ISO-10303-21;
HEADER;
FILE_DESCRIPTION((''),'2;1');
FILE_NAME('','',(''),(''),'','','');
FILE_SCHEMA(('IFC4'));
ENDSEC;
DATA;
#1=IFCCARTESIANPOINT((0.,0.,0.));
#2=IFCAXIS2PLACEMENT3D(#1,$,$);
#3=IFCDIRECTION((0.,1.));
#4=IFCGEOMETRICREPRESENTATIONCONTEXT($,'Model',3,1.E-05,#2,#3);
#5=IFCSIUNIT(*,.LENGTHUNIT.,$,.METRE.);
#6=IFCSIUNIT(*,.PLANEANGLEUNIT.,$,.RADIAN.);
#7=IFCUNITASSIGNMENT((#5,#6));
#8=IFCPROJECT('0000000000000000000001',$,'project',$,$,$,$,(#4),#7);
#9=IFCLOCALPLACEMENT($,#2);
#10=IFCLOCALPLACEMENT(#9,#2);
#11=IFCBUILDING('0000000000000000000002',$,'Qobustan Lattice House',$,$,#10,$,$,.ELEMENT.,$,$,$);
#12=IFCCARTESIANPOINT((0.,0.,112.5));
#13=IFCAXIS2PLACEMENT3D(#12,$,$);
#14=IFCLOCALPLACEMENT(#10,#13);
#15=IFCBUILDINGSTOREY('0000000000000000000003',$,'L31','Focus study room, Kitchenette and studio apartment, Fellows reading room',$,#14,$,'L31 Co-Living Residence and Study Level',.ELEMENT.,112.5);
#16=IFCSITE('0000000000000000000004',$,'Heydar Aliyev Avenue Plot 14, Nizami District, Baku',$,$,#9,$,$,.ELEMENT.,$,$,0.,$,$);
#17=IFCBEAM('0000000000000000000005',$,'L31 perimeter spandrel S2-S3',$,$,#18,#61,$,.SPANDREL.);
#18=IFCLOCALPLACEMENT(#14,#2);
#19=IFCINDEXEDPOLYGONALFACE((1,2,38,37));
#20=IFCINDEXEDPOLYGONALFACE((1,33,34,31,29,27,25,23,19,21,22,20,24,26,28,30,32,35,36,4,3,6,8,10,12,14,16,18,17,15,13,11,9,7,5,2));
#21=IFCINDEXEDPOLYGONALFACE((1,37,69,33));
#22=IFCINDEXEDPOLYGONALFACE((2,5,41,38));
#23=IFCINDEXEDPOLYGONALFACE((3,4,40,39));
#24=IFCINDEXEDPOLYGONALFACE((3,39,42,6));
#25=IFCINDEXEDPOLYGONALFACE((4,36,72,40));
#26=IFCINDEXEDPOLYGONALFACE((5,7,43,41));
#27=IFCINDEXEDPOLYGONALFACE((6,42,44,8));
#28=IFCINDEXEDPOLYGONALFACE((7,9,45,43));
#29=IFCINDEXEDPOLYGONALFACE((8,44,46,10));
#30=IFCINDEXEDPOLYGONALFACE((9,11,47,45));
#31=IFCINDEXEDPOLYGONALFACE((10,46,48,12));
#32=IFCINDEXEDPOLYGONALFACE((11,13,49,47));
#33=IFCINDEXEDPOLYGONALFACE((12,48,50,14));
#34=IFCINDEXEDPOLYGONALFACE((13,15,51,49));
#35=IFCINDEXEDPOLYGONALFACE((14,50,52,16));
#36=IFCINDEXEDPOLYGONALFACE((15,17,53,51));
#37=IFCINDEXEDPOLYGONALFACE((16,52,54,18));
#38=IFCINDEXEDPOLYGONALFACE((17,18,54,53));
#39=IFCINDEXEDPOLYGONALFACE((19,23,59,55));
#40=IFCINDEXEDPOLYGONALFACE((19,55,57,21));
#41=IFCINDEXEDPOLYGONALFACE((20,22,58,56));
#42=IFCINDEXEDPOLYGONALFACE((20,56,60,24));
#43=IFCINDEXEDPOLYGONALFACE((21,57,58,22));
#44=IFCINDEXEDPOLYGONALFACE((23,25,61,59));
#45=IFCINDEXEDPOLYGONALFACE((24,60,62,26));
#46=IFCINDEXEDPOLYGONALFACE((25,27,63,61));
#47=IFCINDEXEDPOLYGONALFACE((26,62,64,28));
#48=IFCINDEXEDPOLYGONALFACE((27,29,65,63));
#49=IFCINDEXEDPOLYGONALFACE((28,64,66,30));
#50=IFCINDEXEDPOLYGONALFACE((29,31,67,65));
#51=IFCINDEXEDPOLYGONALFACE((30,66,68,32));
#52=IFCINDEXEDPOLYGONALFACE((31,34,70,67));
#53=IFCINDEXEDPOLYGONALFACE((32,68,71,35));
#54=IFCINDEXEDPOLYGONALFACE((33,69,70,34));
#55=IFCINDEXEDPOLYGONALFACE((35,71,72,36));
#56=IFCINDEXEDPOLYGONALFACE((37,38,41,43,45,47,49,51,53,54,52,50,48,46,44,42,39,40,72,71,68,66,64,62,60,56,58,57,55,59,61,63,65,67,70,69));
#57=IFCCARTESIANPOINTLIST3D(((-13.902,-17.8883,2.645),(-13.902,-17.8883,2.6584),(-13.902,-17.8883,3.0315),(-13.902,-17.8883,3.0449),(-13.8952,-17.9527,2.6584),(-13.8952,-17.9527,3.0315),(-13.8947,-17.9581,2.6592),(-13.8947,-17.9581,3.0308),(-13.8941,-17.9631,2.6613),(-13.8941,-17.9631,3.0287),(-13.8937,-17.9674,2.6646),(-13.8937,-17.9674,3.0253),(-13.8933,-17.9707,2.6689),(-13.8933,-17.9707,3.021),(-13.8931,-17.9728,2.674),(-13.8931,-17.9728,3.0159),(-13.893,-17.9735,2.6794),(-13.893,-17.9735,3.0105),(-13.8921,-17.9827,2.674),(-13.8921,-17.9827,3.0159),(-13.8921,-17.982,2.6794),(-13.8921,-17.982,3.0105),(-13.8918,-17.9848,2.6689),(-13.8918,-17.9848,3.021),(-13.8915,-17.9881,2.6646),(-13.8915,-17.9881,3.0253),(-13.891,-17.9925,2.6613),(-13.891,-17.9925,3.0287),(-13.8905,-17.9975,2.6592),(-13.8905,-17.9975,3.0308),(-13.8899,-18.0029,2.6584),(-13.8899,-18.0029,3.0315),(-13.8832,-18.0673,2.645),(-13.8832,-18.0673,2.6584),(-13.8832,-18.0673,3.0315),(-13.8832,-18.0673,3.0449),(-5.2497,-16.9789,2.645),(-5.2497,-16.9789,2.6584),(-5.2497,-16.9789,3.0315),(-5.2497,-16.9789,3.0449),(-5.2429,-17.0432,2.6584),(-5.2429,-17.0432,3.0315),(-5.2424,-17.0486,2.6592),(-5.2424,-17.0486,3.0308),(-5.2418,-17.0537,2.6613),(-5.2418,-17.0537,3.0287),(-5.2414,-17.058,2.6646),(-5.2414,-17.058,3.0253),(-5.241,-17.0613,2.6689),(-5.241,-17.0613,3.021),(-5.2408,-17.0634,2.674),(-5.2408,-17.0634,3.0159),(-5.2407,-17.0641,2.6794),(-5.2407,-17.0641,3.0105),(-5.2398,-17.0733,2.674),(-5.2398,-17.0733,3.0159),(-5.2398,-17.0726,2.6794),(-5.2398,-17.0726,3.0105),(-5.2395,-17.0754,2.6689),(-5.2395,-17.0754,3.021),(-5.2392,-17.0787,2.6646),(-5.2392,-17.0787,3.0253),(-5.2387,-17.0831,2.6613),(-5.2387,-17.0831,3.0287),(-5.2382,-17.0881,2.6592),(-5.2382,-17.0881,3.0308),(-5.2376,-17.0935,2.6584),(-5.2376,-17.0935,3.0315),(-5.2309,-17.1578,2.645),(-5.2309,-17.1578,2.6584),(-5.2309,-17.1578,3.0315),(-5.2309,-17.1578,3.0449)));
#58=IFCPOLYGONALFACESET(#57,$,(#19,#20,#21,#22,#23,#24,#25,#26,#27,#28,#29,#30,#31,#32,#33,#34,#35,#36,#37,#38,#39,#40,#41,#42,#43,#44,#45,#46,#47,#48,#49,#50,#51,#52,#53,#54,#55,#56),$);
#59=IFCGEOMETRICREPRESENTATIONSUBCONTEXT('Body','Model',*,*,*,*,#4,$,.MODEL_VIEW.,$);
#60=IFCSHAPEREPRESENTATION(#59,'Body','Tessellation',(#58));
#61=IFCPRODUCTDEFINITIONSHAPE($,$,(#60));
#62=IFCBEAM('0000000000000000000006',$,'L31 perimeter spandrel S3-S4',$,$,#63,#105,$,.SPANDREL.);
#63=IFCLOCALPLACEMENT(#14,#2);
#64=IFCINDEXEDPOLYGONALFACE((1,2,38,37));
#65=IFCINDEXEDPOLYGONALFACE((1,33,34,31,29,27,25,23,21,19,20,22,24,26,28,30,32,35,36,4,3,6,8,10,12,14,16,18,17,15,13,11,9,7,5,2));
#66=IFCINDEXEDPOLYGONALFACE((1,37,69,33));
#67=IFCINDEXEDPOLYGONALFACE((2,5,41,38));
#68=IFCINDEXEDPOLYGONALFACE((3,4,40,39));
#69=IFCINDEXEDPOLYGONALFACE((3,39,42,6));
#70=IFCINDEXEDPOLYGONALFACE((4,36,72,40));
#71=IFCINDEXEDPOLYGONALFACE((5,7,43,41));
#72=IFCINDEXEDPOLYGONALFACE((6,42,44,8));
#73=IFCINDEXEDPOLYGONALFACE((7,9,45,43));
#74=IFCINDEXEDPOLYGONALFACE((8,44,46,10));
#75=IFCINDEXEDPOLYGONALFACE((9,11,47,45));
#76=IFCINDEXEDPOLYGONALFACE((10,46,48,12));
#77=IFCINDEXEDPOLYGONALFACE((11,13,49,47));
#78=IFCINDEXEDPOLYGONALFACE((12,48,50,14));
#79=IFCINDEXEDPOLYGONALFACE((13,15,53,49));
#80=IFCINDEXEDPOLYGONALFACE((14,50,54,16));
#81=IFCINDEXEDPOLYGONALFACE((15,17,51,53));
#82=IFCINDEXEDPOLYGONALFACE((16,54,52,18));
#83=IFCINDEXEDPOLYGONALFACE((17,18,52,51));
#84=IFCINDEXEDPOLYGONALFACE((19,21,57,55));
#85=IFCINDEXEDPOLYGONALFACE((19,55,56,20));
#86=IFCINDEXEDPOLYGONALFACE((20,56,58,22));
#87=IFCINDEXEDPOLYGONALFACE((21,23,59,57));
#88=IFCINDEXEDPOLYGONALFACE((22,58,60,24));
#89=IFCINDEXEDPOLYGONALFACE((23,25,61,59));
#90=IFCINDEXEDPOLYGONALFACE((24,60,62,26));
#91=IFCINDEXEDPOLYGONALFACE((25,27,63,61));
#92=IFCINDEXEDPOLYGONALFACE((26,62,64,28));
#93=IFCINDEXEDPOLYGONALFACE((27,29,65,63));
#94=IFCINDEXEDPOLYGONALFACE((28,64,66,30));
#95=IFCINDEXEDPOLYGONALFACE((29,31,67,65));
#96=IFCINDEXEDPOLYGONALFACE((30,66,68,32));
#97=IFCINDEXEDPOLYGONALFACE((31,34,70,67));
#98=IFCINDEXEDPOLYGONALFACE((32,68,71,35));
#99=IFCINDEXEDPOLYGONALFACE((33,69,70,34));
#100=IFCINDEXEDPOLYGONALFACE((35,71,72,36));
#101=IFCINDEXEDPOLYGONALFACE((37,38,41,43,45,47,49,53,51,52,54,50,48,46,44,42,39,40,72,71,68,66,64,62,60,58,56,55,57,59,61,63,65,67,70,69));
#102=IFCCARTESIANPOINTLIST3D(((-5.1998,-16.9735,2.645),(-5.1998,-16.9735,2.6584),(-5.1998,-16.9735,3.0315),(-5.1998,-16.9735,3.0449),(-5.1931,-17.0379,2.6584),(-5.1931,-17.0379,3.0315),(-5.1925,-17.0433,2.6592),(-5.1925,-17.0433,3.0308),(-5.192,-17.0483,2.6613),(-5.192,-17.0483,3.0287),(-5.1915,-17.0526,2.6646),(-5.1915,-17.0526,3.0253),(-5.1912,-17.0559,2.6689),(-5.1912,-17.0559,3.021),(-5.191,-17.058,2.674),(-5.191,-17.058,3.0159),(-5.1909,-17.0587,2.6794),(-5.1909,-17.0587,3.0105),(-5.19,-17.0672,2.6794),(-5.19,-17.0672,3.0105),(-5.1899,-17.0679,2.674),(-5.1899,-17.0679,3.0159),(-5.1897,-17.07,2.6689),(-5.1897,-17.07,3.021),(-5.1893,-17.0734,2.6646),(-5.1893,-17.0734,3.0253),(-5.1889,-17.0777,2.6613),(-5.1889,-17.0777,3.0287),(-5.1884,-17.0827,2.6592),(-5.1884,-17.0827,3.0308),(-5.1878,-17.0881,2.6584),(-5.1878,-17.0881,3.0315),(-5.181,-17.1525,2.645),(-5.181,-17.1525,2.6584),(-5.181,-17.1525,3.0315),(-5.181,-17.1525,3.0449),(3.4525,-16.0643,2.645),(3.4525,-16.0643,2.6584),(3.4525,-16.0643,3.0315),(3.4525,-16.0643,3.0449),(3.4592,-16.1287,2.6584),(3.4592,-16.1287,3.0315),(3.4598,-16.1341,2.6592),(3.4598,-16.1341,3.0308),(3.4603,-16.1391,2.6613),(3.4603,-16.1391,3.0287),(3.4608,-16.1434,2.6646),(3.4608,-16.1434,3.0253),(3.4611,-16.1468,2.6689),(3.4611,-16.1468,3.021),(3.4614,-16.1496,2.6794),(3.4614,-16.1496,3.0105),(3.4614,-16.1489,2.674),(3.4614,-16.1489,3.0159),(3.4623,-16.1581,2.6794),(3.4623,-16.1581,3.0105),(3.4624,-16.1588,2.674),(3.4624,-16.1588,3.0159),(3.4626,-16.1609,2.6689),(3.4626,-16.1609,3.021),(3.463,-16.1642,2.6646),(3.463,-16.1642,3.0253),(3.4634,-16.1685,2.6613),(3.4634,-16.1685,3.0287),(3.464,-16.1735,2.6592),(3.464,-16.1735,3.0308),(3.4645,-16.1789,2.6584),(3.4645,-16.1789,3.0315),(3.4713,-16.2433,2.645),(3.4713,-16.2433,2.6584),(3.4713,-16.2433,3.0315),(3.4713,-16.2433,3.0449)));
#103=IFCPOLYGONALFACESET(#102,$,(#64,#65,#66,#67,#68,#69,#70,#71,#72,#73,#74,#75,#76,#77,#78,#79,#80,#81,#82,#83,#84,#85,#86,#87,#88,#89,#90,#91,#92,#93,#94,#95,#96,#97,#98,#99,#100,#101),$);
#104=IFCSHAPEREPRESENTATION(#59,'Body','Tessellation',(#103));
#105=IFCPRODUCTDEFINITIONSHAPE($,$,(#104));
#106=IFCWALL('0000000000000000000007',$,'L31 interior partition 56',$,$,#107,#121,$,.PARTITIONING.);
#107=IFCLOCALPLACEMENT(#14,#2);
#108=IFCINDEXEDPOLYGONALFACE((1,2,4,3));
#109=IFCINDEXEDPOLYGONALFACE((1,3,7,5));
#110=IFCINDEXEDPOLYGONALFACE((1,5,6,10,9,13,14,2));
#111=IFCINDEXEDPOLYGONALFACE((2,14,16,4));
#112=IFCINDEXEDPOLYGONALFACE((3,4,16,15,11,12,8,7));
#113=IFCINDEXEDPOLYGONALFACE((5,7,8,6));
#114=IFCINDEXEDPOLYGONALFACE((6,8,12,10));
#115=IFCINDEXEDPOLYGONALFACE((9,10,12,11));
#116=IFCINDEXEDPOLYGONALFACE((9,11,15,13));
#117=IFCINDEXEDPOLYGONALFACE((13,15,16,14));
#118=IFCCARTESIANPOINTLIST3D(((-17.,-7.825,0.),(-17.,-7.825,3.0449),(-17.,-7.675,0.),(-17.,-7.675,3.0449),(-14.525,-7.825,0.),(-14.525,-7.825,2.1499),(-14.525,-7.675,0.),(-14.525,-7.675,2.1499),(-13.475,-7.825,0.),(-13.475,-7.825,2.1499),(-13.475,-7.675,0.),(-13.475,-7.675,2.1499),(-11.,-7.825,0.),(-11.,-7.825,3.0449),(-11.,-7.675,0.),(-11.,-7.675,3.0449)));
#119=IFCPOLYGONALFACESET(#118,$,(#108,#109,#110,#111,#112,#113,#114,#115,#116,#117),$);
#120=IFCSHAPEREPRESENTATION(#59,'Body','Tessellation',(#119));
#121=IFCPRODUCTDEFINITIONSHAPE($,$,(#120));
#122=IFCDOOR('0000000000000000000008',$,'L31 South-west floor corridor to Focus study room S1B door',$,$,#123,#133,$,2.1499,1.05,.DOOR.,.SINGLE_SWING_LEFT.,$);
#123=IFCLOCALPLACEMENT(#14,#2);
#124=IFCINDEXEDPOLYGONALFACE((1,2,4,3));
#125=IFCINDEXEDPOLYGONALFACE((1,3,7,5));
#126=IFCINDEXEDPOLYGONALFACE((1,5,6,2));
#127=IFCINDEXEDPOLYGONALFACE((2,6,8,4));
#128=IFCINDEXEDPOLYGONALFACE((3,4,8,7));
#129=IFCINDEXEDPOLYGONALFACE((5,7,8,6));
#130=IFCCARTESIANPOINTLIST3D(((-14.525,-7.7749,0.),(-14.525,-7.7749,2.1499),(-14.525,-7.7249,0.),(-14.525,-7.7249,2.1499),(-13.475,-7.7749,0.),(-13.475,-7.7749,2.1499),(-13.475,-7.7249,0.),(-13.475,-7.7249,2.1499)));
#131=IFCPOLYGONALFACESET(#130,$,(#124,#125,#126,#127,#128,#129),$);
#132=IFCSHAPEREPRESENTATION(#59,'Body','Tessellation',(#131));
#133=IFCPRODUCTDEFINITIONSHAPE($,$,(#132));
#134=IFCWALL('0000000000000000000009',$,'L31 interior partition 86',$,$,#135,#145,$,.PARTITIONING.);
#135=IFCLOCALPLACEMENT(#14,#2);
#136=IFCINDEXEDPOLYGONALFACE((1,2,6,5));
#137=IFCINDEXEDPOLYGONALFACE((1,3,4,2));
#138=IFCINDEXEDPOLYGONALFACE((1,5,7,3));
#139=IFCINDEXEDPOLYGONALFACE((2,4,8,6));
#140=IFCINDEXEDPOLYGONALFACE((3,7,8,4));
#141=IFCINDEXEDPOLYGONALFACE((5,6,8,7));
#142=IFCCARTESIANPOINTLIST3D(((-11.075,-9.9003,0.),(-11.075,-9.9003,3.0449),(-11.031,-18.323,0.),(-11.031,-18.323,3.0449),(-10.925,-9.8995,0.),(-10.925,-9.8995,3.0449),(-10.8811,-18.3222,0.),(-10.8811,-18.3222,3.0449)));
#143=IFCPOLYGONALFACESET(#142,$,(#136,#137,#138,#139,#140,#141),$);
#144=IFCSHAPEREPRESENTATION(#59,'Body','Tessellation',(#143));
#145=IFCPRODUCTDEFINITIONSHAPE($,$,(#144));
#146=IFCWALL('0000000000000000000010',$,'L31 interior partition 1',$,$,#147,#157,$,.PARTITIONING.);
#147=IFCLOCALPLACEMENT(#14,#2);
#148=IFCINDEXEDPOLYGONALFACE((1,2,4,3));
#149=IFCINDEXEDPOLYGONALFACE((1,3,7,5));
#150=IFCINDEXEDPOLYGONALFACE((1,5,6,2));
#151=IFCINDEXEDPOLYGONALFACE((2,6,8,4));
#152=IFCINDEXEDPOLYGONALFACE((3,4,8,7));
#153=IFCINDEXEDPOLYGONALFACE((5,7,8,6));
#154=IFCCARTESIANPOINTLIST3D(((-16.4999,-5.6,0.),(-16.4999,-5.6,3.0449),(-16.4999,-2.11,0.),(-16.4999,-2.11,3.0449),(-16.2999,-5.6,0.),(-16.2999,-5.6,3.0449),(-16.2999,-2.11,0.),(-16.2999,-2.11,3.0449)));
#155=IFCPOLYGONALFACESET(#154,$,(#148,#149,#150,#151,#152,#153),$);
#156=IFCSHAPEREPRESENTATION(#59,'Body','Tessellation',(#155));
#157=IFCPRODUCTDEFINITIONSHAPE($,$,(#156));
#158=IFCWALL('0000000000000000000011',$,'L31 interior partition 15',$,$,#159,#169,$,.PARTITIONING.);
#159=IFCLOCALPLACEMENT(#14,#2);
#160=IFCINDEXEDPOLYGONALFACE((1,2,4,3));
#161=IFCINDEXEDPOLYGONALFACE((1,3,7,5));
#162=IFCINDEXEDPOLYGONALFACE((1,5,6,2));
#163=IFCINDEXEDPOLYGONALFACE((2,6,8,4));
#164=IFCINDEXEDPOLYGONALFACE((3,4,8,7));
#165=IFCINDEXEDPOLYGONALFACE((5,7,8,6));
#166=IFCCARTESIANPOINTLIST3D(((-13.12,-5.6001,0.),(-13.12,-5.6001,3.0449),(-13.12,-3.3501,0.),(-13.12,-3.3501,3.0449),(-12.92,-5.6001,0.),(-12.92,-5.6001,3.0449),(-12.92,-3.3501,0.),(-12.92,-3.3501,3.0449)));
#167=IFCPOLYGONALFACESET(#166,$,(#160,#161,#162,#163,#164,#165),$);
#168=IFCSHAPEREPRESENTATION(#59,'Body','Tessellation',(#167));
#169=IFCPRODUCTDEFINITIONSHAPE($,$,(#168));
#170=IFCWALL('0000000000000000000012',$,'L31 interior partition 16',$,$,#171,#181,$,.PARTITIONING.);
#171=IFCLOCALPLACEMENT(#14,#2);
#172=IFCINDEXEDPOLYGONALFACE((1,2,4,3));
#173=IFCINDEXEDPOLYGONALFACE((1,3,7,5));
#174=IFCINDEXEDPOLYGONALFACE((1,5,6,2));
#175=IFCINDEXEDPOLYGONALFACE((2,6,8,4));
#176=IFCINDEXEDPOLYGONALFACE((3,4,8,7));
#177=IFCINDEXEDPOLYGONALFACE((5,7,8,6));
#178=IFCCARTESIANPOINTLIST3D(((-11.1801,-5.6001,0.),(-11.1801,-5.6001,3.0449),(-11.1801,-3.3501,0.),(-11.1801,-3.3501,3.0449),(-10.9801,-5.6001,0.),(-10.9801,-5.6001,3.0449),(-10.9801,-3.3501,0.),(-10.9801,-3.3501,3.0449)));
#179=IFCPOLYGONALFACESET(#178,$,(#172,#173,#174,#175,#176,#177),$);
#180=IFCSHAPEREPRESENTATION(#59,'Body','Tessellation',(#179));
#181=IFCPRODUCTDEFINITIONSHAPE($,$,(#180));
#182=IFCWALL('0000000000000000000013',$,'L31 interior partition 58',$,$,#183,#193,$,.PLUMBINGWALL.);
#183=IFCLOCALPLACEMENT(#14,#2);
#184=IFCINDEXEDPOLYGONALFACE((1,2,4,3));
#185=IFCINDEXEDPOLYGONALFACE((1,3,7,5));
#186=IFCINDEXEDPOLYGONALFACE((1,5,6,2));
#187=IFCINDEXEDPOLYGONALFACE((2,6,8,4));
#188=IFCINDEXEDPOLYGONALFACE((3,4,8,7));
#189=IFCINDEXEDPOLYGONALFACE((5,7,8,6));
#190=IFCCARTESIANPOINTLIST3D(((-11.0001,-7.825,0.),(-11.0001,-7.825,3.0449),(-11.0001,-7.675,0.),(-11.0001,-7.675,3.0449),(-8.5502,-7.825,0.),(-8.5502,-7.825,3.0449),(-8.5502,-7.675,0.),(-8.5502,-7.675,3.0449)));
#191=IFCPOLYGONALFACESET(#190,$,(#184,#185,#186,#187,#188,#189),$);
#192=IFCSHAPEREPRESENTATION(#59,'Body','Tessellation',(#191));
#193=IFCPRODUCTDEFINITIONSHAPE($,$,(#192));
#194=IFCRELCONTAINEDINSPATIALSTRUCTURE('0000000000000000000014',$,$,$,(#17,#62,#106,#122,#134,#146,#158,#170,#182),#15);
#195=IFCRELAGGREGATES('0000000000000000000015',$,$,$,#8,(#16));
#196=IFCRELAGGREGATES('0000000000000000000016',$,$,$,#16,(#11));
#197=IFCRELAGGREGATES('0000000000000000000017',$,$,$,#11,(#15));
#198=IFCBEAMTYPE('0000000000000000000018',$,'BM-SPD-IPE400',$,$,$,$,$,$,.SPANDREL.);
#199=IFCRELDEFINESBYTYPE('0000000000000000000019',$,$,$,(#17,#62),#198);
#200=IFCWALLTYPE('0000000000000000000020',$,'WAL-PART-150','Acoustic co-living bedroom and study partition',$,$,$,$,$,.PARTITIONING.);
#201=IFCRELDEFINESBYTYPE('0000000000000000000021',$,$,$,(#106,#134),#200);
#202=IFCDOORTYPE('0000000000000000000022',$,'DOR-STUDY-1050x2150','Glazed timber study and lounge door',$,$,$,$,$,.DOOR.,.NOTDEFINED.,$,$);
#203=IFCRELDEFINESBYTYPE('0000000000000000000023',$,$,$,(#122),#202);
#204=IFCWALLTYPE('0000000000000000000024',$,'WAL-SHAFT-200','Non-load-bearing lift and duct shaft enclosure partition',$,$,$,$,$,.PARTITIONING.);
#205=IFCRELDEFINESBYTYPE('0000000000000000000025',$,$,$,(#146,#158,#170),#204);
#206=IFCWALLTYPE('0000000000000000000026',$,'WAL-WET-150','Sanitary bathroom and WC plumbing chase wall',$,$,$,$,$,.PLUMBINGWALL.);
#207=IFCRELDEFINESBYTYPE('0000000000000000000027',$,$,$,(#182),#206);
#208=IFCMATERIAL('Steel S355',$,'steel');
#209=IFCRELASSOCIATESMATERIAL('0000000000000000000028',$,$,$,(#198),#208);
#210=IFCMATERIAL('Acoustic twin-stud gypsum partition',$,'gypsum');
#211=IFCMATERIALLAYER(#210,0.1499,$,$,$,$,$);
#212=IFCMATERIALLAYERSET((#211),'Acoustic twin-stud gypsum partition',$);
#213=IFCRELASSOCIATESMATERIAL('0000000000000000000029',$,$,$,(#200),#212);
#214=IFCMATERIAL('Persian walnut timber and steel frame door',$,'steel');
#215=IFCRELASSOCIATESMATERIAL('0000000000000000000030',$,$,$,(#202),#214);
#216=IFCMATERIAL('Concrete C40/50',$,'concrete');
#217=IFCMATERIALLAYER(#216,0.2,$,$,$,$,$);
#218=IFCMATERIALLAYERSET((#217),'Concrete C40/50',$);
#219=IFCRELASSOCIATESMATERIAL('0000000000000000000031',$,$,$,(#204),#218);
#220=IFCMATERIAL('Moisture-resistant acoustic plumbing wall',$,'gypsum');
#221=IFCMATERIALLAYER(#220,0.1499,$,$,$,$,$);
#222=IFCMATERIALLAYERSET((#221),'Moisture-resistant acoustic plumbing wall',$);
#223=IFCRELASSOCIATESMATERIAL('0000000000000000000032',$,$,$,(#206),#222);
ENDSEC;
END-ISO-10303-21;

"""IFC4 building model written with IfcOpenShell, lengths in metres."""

from ifc_helpers import new_model, si_unit, direction, frame, frame_2d, origin, origin_2d, place, context, subcontext, project, spatial, rectangle, i_section, extrude, material, layer, layer_set, material_profile, profile_set, type_object, element, fill, save


model = new_model("IFC4")

# Units and contexts
model_context = context("Model", 3, precision=1e-05, world=origin(), true_north=direction((0.0, 1.0)))
body_context = subcontext(model_context, "Body", "Model", "MODEL_VIEW")
ifc_project = project(units=[si_unit("LENGTHUNIT", "METRE"), si_unit("PLANEANGLEUNIT", "RADIAN")], contexts=[model_context])

# Site, building, storey
site_placement = place(None, origin())
site = spatial("IfcSite", under=ifc_project, at=site_placement, Name="Heydar Aliyev Avenue Plot 14, Nizami District, Baku", CompositionType="ELEMENT", RefElevation=0.0)
building_placement = place(site_placement, origin())
building = spatial("IfcBuilding", under=site, at=building_placement, Name="Qobustan Lattice House", CompositionType="ELEMENT")
storey_placement = place(building_placement, frame((0.0, 0.0, 112.5)))
storey = spatial("IfcBuildingStorey", under=building, at=storey_placement, Name="L31", Description="Focus study room, Kitchenette and studio apartment, Fellows reading room", LongName="L31 Co-Living Residence and Study Level", CompositionType="ELEMENT", Elevation=112.5)

# Beams
ifc_material_1 = material(Name="Steel S355", Category="steel")
ifc_material_profile_1 = material_profile(ifc_material_1, i_section(OverallWidth=0.1799, OverallDepth=0.3999, WebThickness=0.0085, FlangeThickness=0.0134, FilletRadius=0.021, at=origin_2d()), Name="IPE400")
ifc_profile_set_1 = profile_set([ifc_material_profile_1], Name="Steel S355")
beam_type_1 = type_object("IfcBeamType", Name="BM-SPD-IPE400", PredefinedType="SPANDREL", material=ifc_profile_set_1)
for number, where, z_axis, x_axis, name in (
    (1, (-13.8926, -17.9778, 2.845), (0.994522, 0.104531, 0.0), (-0.104531, 0.994522, 0.0), "L31 perimeter spandrel S2-S3"),
    (2, (-5.1904, -17.063, 2.845), (0.994525, 0.104504, 0.0), (-0.104504, 0.994525, 0.0), "L31 perimeter spandrel S3-S4"),
):
    element("IfcBeam", number, at=place(storey_placement, frame(where, z_axis=z_axis, x_axis=x_axis)), inside=storey, type_object=beam_type_1, Name=name, PredefinedType="SPANDREL", context=body_context, shape_type="SweptSolid", body=[
        extrude(i_section(OverallWidth=0.1799, OverallDepth=0.3999, WebThickness=0.0085, FlangeThickness=0.0134, FilletRadius=0.021, at=origin_2d()), origin(), (0.0, 0.0, 1.0), 8.7),
    ])

# Wall, opening, door
ifc_material_2 = material(Name="Acoustic twin-stud gypsum partition", Category="gypsum")
ifc_layer_1 = layer(ifc_material_2, 0.1499)
ifc_layer_set_1 = layer_set([ifc_layer_1], Name="Acoustic twin-stud gypsum partition")
wall_type_1 = type_object("IfcWallType", Name="WAL-PART-150", Description="Acoustic co-living bedroom and study partition", PredefinedType="PARTITIONING", material=ifc_layer_set_1)
wall_1_placement = place(storey_placement, frame((-11.0, -7.75, 0.0), z_axis=(0.0, 0.0, 1.0), x_axis=(-1.0, 0.0, 0.0)))
wall_1 = element("IfcWall", 3, at=wall_1_placement, inside=storey, type_object=wall_type_1, Name="L31 interior partition 56", PredefinedType="PARTITIONING", context=body_context, shape_type="SweptSolid", body=[
    extrude(rectangle(XDim=6.0, YDim=0.1499, at=frame_2d((3.0, 0.0))), origin(), (0.0, 0.0, 1.0), 3.0449),
])
opening_1_placement = place(wall_1_placement, frame((2.4751, 0.0, 0.0)))
opening_1 = element("IfcOpeningElement", 4, at=opening_1_placement, cuts=wall_1, PredefinedType="OPENING", context=body_context, shape_type="SweptSolid", body=[
    extrude(rectangle(XDim=1.05, YDim=2.1499, at=frame_2d((0.5249, 1.075))), frame((0.0, 0.085, 0.0), z_axis=(0.0, -1.0, 0.0), x_axis=(1.0, 0.0, 0.0)), (0.0, 0.0, 1.0), 0.1699),
])
ifc_material_3 = material(Name="Persian walnut timber and steel frame door", Category="steel")
door_type_1 = type_object("IfcDoorType", Name="DOR-STUDY-1050x2150", Description="Glazed timber study and lounge door", OperationType="NOTDEFINED", PredefinedType="DOOR", material=ifc_material_3)
door_1_placement = place(opening_1_placement, origin())
door_1 = element("IfcDoor", 5, at=door_1_placement, inside=storey, type_object=door_type_1, Name="L31 South-west floor corridor to Focus study room S1B door", OperationType="SINGLE_SWING_LEFT", OverallHeight=2.1499, OverallWidth=1.05, PredefinedType="DOOR", context=body_context, shape_type="SweptSolid", body=[
    extrude(rectangle(XDim=1.05, YDim=2.1499, at=frame_2d((0.5249, 1.075))), frame((0.0, 0.0249, 0.0), z_axis=(0.0, -1.0, 0.0), x_axis=(1.0, 0.0, 0.0)), (0.0, 0.0, 1.0), 0.05),
])
fill(opening_1, door_1)

# Walls
wall_2_placement = place(storey_placement, frame((-11.0, -9.8999, 0.0), z_axis=(0.0, 0.0, 1.0), x_axis=(0.005217, -0.999986, 0.0)))
element("IfcWall", 6, at=wall_2_placement, inside=storey, type_object=wall_type_1, Name="L31 interior partition 86", PredefinedType="PARTITIONING", context=body_context, shape_type="SweptSolid", body=[
    extrude(rectangle(XDim=8.4229, YDim=0.1499, at=frame_2d((4.2114, 0.0))), origin(), (0.0, 0.0, 1.0), 3.0449),
])
ifc_material_4 = material(Name="Concrete C40/50", Category="concrete")
ifc_layer_2 = layer(ifc_material_4, 0.2)
ifc_layer_set_2 = layer_set([ifc_layer_2], Name="Concrete C40/50")
wall_type_2 = type_object("IfcWallType", Name="WAL-SHAFT-200", Description="Non-load-bearing lift and duct shaft enclosure partition", PredefinedType="PARTITIONING", material=ifc_layer_set_2)
wall_3_placement = place(storey_placement, frame((-16.3999, -5.6001, 0.0), z_axis=(0.0, 0.0, 1.0), x_axis=(0.0, 1.0, 0.0)))
element("IfcWall", 7, at=wall_3_placement, inside=storey, type_object=wall_type_2, Name="L31 interior partition 1", PredefinedType="PARTITIONING", context=body_context, shape_type="SweptSolid", body=[
    extrude(rectangle(XDim=3.49, YDim=0.2, at=frame_2d((1.7451, 0.0))), origin(), (0.0, 0.0, 1.0), 3.0449),
])
for number, where, z_axis, x_axis, name in (
    (8, (-13.02, -5.6001, 0.0), (0.0, 0.0, 1.0), (0.0, 1.0, 0.0), "L31 interior partition 15"),
    (9, (-11.0801, -5.6001, 0.0), (0.0, 0.0, 1.0), (0.0, 1.0, 0.0), "L31 interior partition 16"),
):
    element("IfcWall", number, at=place(storey_placement, frame(where, z_axis=z_axis, x_axis=x_axis)), inside=storey, type_object=wall_type_2, Name=name, PredefinedType="PARTITIONING", context=body_context, shape_type="SweptSolid", body=[
        extrude(rectangle(XDim=2.25, YDim=0.2, at=frame_2d((1.125, 0.0))), origin(), (0.0, 0.0, 1.0), 3.0449),
    ])
ifc_material_5 = material(Name="Moisture-resistant acoustic plumbing wall", Category="gypsum")
ifc_layer_3 = layer(ifc_material_5, 0.1499)
ifc_layer_set_3 = layer_set([ifc_layer_3], Name="Moisture-resistant acoustic plumbing wall")
wall_type_3 = type_object("IfcWallType", Name="WAL-WET-150", Description="Sanitary bathroom and WC plumbing chase wall", PredefinedType="PLUMBINGWALL", material=ifc_layer_set_3)
wall_4_placement = place(storey_placement, frame((-8.55, -7.75, 0.0), z_axis=(0.0, 0.0, 1.0), x_axis=(-1.0, 0.0, 0.0)))
element("IfcWall", 10, at=wall_4_placement, inside=storey, type_object=wall_type_3, Name="L31 interior partition 58", PredefinedType="PLUMBINGWALL", context=body_context, shape_type="SweptSolid", body=[
    extrude(rectangle(XDim=2.45, YDim=0.1499, at=frame_2d((1.2251, 0.0))), origin(), (0.0, 0.0, 1.0), 3.0449),
])

save(model, "model.ifc")
